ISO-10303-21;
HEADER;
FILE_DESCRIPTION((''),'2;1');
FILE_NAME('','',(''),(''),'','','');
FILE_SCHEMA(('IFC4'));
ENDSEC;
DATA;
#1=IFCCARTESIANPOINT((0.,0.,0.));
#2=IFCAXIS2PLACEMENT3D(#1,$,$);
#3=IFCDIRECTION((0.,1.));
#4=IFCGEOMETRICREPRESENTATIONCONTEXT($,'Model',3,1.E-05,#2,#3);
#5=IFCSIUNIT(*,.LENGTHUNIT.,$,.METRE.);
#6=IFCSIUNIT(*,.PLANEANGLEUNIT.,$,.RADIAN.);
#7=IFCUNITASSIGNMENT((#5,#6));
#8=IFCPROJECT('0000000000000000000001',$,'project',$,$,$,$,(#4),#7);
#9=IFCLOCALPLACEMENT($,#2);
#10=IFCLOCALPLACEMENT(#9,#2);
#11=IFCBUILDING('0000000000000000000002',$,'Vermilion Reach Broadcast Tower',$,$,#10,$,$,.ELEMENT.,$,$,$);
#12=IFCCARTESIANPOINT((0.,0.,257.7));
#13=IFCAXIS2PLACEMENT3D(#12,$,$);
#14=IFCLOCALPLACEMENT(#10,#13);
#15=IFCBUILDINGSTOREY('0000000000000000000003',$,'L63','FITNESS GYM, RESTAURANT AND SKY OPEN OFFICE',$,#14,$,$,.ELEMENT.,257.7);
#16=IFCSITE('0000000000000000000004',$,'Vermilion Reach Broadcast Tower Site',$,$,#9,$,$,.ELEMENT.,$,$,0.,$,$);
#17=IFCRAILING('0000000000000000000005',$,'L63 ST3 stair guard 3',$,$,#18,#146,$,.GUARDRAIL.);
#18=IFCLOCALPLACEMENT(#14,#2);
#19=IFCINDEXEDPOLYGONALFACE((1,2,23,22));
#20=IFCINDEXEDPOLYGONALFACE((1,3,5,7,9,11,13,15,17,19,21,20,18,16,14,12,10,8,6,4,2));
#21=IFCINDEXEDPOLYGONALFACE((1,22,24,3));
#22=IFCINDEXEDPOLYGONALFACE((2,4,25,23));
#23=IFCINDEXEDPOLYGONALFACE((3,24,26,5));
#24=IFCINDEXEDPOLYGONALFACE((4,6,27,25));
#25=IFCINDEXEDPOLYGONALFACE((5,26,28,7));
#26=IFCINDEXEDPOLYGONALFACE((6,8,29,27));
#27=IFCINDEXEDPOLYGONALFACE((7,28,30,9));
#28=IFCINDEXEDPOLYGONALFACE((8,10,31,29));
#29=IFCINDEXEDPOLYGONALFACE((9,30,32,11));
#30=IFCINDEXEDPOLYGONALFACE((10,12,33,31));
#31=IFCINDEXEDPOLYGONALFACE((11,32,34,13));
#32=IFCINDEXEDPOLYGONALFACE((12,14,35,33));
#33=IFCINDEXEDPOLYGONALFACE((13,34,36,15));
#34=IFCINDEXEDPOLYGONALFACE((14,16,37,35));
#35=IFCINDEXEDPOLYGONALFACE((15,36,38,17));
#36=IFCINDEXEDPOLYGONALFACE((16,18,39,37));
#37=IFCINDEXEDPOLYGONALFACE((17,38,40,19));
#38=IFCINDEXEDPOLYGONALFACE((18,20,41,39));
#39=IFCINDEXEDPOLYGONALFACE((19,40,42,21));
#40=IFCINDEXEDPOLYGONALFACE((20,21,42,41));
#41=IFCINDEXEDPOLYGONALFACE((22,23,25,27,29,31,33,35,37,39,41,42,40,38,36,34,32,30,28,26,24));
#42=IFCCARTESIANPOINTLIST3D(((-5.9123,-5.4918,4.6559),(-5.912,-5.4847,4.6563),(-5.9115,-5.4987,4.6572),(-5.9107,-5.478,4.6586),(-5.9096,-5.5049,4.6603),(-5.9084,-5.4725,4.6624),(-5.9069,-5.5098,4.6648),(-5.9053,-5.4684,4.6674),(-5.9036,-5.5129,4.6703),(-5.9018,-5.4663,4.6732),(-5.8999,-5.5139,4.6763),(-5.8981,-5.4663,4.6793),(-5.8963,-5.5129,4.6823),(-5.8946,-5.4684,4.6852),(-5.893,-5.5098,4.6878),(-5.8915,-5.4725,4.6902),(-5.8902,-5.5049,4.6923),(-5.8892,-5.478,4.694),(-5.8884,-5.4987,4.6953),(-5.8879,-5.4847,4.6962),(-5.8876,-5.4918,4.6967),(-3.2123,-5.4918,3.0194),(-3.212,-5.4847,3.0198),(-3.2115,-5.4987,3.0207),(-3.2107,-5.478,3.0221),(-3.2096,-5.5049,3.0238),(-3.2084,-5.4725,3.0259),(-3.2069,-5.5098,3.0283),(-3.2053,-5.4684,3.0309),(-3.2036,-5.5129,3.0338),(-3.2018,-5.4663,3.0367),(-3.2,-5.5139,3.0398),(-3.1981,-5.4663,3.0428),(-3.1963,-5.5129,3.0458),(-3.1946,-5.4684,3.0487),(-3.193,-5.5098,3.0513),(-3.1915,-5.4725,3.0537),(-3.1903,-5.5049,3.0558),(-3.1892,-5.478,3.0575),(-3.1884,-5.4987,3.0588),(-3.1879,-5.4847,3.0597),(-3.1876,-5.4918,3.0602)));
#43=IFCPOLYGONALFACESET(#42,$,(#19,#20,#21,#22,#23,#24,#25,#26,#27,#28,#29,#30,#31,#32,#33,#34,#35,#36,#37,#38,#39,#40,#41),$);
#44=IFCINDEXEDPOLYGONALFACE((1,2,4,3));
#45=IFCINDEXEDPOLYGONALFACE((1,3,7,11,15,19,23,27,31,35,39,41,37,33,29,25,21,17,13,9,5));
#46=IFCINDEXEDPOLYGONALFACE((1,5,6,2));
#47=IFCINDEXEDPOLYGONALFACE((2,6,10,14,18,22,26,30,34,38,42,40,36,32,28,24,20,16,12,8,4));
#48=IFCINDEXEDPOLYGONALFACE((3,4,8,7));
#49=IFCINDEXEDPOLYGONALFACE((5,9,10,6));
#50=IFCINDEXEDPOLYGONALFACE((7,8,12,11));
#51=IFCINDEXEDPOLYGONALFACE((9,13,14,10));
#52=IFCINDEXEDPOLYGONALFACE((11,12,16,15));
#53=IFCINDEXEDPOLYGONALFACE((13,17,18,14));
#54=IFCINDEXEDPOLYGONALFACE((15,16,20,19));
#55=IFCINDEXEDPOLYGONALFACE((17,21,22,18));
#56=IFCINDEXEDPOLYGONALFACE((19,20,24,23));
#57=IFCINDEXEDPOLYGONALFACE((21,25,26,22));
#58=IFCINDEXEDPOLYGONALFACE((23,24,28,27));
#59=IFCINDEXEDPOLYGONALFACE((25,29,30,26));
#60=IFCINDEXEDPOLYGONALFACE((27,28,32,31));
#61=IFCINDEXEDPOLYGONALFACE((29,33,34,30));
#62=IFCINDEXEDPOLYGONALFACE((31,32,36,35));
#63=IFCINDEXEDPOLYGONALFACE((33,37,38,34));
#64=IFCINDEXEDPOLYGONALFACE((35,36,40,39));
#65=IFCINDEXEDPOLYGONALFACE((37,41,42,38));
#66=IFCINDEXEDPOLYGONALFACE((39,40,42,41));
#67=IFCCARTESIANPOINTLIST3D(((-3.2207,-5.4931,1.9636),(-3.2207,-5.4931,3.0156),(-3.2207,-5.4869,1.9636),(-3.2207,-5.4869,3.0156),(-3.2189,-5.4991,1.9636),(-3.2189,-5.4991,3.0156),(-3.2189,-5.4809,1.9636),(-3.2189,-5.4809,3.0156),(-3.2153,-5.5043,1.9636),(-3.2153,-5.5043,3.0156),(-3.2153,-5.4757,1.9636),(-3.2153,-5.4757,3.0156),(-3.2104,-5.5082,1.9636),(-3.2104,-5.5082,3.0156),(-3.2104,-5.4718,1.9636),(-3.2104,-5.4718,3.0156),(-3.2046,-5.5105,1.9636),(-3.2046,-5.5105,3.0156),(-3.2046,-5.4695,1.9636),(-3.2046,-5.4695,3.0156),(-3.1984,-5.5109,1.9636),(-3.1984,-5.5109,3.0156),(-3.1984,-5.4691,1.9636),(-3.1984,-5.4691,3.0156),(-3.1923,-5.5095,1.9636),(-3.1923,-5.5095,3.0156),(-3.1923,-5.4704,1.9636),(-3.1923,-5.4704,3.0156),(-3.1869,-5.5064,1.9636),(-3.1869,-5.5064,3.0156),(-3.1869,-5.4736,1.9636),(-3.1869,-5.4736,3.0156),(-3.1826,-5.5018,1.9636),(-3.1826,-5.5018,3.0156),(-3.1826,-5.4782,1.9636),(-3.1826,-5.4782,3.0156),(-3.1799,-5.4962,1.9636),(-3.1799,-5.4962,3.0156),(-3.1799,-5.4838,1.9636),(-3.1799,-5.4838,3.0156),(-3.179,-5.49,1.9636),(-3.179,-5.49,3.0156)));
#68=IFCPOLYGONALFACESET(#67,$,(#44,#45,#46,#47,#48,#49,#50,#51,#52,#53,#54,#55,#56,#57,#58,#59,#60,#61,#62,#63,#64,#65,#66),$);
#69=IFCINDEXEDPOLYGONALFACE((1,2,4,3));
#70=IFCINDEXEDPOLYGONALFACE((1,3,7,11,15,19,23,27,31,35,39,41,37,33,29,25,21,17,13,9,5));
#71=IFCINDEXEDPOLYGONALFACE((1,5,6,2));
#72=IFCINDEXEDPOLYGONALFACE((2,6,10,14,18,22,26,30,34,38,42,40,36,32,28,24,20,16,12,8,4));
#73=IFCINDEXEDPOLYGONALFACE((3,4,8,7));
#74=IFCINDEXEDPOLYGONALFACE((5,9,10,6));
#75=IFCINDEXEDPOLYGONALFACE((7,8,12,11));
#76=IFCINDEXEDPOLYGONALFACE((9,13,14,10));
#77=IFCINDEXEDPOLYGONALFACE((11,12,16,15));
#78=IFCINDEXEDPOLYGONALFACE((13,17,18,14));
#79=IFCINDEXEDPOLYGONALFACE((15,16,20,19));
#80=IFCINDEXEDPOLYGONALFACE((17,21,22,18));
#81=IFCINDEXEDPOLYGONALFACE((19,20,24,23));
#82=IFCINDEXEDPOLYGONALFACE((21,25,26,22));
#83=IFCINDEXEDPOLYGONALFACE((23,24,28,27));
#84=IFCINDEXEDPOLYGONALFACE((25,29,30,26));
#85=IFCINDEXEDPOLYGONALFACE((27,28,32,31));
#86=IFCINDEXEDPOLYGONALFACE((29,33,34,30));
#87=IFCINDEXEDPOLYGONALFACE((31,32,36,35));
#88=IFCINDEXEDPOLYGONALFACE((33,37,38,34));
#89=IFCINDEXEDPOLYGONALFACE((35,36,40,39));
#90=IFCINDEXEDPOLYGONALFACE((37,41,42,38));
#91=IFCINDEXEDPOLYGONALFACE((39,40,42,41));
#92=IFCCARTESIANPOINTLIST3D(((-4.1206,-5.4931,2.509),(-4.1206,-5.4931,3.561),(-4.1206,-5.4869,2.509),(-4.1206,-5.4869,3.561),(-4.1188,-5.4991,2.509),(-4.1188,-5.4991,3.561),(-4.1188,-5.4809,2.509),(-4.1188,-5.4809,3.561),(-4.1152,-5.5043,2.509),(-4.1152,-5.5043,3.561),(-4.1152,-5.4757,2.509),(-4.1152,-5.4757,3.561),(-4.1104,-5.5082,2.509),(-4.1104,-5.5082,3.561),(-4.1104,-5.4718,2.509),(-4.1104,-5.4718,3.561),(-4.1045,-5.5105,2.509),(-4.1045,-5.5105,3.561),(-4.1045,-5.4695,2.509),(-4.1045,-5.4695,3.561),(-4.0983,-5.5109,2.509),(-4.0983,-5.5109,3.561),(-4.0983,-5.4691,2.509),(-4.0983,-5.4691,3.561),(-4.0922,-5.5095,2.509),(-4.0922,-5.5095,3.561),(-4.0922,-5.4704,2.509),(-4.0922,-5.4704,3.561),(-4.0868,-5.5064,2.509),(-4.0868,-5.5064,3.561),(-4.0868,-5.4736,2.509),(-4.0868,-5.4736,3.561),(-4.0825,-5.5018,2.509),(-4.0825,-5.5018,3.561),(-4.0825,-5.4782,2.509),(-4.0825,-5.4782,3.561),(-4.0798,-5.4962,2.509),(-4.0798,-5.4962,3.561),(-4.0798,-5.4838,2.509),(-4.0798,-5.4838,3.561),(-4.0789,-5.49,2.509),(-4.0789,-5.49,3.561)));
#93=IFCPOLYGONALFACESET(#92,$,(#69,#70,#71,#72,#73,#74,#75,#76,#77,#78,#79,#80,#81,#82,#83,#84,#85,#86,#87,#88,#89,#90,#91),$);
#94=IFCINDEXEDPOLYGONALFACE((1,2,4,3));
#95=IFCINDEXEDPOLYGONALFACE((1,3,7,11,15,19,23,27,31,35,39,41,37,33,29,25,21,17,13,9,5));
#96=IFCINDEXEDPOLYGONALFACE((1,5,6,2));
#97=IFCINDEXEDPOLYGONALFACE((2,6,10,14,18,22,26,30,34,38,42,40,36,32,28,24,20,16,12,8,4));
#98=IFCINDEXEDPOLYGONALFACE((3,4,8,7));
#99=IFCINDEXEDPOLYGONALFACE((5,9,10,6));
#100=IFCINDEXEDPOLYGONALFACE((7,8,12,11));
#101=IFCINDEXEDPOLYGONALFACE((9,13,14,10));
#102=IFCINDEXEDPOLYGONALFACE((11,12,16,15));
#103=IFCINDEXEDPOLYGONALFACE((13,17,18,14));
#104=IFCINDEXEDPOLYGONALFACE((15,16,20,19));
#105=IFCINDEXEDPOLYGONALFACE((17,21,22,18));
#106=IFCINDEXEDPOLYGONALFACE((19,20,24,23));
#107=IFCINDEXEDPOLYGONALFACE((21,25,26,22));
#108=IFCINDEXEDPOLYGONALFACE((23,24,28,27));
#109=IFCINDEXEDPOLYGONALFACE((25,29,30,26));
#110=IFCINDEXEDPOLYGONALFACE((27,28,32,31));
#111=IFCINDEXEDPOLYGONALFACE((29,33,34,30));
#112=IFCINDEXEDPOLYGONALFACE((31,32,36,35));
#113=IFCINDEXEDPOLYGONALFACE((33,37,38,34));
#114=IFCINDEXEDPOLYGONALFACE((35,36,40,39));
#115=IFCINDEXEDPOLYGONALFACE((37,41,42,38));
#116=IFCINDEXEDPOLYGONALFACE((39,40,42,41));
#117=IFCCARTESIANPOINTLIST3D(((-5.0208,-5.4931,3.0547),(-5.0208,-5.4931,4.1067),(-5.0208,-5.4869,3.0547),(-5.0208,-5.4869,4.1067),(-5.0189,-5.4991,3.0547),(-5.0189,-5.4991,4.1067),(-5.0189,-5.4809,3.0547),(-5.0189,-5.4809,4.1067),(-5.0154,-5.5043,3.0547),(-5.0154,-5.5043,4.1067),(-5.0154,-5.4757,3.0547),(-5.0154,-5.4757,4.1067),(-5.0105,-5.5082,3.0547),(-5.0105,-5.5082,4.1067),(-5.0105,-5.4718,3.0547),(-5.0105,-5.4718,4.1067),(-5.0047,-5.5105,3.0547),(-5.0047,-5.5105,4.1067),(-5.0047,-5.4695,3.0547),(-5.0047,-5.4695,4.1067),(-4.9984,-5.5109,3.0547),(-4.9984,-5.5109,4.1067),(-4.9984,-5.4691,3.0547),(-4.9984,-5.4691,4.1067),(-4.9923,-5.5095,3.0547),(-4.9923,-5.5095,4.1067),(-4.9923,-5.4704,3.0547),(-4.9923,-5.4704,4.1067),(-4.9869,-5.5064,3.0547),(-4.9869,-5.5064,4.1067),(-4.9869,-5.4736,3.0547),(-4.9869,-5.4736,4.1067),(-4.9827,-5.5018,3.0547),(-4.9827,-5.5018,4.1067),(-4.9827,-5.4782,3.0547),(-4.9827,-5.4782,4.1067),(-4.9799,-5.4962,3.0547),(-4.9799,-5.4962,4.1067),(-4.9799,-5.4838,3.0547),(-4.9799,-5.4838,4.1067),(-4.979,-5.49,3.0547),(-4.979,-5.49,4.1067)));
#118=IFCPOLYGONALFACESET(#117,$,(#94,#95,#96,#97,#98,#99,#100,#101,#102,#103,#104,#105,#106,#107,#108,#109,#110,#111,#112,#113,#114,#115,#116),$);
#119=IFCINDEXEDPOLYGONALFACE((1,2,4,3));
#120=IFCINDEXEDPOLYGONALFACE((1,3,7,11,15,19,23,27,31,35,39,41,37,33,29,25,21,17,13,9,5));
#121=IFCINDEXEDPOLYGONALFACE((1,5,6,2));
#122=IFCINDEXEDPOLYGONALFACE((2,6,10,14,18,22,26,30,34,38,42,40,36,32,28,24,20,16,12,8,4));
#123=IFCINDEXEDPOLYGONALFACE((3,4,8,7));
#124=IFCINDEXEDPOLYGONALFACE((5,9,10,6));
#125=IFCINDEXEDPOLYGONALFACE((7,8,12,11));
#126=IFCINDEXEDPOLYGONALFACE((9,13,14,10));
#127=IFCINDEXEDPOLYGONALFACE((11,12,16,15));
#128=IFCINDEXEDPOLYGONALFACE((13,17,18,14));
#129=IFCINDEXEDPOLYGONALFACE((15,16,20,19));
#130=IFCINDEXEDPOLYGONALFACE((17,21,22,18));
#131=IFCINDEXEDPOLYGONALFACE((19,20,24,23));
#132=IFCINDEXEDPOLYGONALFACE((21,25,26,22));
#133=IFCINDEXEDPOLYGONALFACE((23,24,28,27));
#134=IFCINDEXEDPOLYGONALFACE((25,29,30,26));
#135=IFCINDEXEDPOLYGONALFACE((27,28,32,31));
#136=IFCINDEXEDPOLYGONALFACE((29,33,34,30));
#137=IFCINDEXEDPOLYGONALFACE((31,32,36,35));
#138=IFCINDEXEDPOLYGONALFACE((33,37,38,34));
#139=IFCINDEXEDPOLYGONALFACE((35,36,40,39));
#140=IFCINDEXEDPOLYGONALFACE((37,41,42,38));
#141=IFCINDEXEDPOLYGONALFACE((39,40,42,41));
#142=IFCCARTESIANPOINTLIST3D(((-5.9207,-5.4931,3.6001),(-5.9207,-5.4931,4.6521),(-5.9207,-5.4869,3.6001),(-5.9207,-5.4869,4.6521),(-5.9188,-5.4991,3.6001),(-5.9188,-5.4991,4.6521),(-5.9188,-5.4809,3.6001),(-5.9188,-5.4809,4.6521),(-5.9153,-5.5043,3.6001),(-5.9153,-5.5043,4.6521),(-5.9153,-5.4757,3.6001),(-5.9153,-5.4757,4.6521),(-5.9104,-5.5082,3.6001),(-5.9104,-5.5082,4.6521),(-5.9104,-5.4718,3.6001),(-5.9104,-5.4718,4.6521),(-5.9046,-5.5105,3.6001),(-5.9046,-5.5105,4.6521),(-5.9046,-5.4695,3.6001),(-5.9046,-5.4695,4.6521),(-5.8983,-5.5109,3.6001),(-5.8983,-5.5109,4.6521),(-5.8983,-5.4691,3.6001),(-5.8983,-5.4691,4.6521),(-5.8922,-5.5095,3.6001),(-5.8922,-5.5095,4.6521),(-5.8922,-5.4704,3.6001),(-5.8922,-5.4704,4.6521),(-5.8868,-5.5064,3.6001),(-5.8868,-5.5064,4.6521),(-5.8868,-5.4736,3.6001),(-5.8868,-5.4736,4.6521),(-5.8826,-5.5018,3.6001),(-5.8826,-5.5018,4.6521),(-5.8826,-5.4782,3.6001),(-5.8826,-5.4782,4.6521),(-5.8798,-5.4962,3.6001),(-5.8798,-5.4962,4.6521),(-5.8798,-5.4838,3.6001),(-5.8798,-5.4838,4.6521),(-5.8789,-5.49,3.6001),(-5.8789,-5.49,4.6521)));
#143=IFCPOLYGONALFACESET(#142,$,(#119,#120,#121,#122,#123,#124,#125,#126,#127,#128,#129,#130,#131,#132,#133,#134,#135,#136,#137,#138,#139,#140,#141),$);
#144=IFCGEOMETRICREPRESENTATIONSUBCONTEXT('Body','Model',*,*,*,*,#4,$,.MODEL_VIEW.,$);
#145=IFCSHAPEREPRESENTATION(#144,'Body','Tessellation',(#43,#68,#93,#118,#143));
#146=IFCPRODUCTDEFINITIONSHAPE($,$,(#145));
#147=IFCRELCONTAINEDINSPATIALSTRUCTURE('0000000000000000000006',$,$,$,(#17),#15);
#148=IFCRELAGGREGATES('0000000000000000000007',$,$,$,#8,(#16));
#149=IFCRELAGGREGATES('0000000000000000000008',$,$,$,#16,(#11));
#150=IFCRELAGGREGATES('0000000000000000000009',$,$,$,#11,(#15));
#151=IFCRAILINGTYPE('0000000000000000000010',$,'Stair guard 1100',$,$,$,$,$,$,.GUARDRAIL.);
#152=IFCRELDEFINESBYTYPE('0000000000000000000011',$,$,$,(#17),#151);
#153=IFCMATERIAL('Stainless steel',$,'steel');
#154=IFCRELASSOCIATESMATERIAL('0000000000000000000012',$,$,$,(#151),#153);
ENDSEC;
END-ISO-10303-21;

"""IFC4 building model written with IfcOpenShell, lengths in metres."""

from ifc_helpers import new_model, si_unit, direction, frame, origin, origin_2d, place, context, subcontext, project, spatial, circle, extrude, material, type_object, element, save


model = new_model("IFC4")

# Units and contexts
model_context = context("Model", 3, precision=1e-05, world=origin(), true_north=direction((0.0, 1.0)))
body_context = subcontext(model_context, "Body", "Model", "MODEL_VIEW")
ifc_project = project(units=[si_unit("LENGTHUNIT", "METRE"), si_unit("PLANEANGLEUNIT", "RADIAN")], contexts=[model_context])

# Site, building, storey
site_placement = place(None, origin())
site = spatial("IfcSite", under=ifc_project, at=site_placement, Name="Vermilion Reach Broadcast Tower Site", CompositionType="ELEMENT", RefElevation=0.0)
building_placement = place(site_placement, origin())
building = spatial("IfcBuilding", under=site, at=building_placement, Name="Vermilion Reach Broadcast Tower", CompositionType="ELEMENT")
storey_placement = place(building_placement, frame((0.0, 0.0, 257.7)))
storey = spatial("IfcBuildingStorey", under=building, at=storey_placement, Name="L63", Description="FITNESS GYM, RESTAURANT AND SKY OPEN OFFICE", CompositionType="ELEMENT", Elevation=257.7)

# Railing
ifc_material_1 = material(Name="Stainless steel", Category="steel")
railing_type_1 = type_object("IfcRailingType", Name="Stair guard 1100", PredefinedType="GUARDRAIL", material=ifc_material_1)
railing_1_placement = place(storey_placement, frame((-3.2, -5.49, 1.9636)))
element("IfcRailing", 1, at=railing_1_placement, inside=storey, type_object=railing_type_1, Name="L63 ST3 stair guard 3", PredefinedType="GUARDRAIL", context=body_context, shape_type="SweptSolid", body=[
    extrude(circle(Radius=0.0239, at=origin_2d()), frame((0.0, 0.0, 1.0762), z_axis=(-0.855178, 0.0, 0.518334), x_axis=(0.0, -1.0, 0.0)), (0.0, 0.0, 1.0), 3.1572),
    extrude(circle(Radius=0.021, at=origin_2d()), origin(), (0.0, 0.0, 1.0), 1.052),
    extrude(circle(Radius=0.021, at=origin_2d()), frame((-0.8999, 0.0, 0.5454)), (0.0, 0.0, 1.0), 1.052),
    extrude(circle(Radius=0.021, at=origin_2d()), frame((-1.8, 0.0, 1.0911)), (0.0, 0.0, 1.0), 1.052),
    extrude(circle(Radius=0.021, at=origin_2d()), frame((-2.7, 0.0, 1.6365)), (0.0, 0.0, 1.0), 1.052),
])

save(model, "model.ifc")
